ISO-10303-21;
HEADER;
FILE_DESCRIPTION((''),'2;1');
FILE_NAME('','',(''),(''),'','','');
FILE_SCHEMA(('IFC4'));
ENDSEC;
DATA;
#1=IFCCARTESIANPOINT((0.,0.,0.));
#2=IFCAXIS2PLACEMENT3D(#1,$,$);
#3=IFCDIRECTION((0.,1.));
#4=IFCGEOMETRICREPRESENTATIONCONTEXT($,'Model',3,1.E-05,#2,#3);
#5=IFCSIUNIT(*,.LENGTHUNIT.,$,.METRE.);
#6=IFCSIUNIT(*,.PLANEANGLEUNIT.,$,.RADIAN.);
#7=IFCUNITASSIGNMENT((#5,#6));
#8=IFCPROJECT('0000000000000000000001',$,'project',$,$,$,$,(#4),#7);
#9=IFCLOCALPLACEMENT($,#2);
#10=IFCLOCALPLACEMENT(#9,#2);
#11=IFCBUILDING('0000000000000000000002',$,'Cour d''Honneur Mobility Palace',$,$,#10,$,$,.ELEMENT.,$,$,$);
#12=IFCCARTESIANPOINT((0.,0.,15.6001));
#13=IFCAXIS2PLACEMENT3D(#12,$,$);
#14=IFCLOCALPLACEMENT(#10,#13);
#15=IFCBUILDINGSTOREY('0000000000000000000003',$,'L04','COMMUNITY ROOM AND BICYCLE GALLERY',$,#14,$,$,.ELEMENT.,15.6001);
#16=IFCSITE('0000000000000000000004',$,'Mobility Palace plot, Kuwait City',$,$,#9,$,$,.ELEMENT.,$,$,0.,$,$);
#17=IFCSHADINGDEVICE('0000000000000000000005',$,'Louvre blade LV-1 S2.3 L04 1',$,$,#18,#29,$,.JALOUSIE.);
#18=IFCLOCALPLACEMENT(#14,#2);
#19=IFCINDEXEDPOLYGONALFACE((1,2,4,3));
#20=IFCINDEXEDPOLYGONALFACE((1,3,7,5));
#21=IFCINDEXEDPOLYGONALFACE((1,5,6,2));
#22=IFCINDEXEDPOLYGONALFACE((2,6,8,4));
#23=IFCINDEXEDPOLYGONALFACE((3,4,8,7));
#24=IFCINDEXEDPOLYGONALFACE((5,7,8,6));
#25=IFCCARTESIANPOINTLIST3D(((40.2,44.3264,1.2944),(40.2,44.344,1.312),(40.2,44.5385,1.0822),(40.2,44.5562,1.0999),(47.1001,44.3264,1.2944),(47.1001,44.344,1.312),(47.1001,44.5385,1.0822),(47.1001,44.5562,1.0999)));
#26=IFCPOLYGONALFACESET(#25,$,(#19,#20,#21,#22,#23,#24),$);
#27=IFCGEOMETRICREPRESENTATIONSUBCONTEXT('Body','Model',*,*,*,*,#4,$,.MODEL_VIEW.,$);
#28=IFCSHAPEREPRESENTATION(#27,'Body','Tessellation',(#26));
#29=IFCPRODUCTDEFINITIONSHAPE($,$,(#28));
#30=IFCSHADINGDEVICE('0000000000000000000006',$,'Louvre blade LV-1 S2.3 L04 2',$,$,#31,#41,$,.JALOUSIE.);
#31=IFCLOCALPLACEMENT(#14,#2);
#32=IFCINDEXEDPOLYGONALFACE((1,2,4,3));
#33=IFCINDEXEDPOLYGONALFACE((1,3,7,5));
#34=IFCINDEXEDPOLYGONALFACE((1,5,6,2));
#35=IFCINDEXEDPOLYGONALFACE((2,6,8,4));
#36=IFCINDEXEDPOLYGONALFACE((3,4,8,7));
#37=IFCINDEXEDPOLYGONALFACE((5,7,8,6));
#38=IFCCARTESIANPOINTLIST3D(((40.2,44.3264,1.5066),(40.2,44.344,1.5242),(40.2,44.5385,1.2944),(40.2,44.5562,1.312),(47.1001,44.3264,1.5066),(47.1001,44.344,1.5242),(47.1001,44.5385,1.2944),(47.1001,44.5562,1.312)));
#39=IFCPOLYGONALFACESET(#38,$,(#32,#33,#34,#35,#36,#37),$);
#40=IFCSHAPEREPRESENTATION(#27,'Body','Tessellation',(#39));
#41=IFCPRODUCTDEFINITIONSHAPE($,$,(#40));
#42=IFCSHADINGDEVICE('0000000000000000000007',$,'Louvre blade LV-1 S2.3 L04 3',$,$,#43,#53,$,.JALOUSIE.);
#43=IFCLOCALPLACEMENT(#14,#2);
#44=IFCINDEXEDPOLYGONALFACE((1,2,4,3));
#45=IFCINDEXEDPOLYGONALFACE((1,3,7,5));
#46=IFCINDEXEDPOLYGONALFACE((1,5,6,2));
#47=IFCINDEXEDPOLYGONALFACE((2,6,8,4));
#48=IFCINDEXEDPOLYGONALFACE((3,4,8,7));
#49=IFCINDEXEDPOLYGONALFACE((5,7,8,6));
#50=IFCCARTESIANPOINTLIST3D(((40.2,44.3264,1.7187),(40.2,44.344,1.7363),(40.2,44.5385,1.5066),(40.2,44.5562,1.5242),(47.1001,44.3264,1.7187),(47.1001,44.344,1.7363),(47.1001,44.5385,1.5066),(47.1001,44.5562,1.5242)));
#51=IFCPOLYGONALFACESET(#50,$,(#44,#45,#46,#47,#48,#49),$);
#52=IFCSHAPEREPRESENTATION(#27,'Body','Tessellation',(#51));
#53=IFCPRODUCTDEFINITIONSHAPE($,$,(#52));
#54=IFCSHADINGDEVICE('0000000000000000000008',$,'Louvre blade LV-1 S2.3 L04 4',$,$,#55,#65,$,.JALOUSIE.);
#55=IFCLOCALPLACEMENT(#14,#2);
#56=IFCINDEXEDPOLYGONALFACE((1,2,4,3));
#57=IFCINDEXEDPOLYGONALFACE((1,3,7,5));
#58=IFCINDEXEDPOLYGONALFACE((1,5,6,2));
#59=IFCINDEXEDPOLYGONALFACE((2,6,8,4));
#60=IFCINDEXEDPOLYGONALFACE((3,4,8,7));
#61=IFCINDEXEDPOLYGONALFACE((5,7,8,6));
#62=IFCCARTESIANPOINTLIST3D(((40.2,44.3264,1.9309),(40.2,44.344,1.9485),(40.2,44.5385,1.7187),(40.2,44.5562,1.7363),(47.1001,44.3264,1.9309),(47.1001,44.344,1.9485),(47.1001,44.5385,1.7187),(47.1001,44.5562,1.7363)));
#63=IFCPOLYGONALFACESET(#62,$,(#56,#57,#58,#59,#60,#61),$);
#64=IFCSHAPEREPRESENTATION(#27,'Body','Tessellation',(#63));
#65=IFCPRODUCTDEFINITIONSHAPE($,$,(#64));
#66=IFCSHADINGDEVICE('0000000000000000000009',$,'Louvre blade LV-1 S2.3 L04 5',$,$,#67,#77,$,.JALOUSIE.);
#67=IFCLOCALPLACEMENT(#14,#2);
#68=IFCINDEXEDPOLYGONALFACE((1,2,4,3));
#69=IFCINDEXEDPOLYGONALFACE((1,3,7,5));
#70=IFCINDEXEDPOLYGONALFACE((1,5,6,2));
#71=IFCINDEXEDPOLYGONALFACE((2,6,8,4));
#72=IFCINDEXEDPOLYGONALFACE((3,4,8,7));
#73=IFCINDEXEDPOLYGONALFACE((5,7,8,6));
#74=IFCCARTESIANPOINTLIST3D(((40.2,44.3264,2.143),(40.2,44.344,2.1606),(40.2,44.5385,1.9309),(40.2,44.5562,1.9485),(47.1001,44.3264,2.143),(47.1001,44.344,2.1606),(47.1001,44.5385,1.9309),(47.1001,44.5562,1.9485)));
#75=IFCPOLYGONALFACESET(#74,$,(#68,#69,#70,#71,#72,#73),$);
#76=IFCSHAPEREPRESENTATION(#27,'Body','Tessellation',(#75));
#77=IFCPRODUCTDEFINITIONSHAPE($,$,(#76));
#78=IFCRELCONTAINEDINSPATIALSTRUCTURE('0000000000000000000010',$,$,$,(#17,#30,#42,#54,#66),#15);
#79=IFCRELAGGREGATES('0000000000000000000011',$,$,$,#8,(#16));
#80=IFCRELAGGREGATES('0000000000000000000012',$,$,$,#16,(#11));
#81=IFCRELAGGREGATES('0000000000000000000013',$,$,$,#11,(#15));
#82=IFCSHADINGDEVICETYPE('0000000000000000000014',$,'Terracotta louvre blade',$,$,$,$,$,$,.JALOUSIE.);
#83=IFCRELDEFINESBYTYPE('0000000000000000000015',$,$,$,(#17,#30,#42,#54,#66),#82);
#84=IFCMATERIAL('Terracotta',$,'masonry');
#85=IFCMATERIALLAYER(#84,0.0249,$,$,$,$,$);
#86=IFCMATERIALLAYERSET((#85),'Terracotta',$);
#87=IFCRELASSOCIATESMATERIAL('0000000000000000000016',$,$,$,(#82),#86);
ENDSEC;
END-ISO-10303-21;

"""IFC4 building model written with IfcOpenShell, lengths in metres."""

from ifc_helpers import new_model, si_unit, direction, frame, origin, place, context, subcontext, project, spatial, polyline, outline, extrude, material, layer, layer_set, type_object, element, save


model = new_model("IFC4")

# Units and contexts
model_context = context("Model", 3, precision=1e-05, world=origin(), true_north=direction((0.0, 1.0)))
body_context = subcontext(model_context, "Body", "Model", "MODEL_VIEW")
ifc_project = project(units=[si_unit("LENGTHUNIT", "METRE"), si_unit("PLANEANGLEUNIT", "RADIAN")], contexts=[model_context])

# Site, building, storey
site_placement = place(None, origin())
site = spatial("IfcSite", under=ifc_project, at=site_placement, Name="Mobility Palace plot, Kuwait City", CompositionType="ELEMENT", RefElevation=0.0)
building_placement = place(site_placement, origin())
building = spatial("IfcBuilding", under=site, at=building_placement, Name="Cour d'Honneur Mobility Palace", CompositionType="ELEMENT")
storey_placement = place(building_placement, frame((0.0, 0.0, 15.6001)))
storey = spatial("IfcBuildingStorey", under=building, at=storey_placement, Name="L04", Description="COMMUNITY ROOM AND BICYCLE GALLERY", CompositionType="ELEMENT", Elevation=15.6001)

# Shading devices
ifc_material_1 = material(Name="Terracotta", Category="masonry")
ifc_layer_1 = layer(ifc_material_1, 0.0249)
ifc_layer_set_1 = layer_set([ifc_layer_1], Name="Terracotta")
shading_device_type = type_object("IfcShadingDeviceType", Name="Terracotta louvre blade", PredefinedType="JALOUSIE", material=ifc_layer_set_1)
for number, where, z_axis, x_axis, name in (
    (1, (40.2, 44.5562, 1.0999), (0.0, 0.707107, 0.707107), (1.0, 0.0, 0.0), "Louvre blade LV-1 S2.3 L04 1"),
    (2, (40.2, 44.5562, 1.312), (0.0, 0.707107, 0.707107), (1.0, 0.0, 0.0), "Louvre blade LV-1 S2.3 L04 2"),
    (3, (40.2, 44.5562, 1.5242), (0.0, 0.707107, 0.707107), (1.0, 0.0, 0.0), "Louvre blade LV-1 S2.3 L04 3"),
    (4, (40.2, 44.5562, 1.7363), (0.0, 0.707107, 0.707107), (1.0, 0.0, 0.0), "Louvre blade LV-1 S2.3 L04 4"),
    (5, (40.2, 44.5562, 1.9485), (0.0, 0.707107, 0.707107), (1.0, 0.0, 0.0), "Louvre blade LV-1 S2.3 L04 5"),
):
    element("IfcShadingDevice", number, at=place(storey_placement, frame(where, z_axis=z_axis, x_axis=x_axis)), inside=storey, type_object=shading_device_type, Name=name, PredefinedType="JALOUSIE", context=body_context, shape_type="SweptSolid", body=[
        extrude(outline(polyline([(0.0, 0.0), (6.9001, 0.0), (6.9001, -0.3), (0.0, -0.3), (0.0, 0.0)])), origin(), (0.0, 0.0, -1.0), 0.0249),
    ])

save(model, "model.ifc")
